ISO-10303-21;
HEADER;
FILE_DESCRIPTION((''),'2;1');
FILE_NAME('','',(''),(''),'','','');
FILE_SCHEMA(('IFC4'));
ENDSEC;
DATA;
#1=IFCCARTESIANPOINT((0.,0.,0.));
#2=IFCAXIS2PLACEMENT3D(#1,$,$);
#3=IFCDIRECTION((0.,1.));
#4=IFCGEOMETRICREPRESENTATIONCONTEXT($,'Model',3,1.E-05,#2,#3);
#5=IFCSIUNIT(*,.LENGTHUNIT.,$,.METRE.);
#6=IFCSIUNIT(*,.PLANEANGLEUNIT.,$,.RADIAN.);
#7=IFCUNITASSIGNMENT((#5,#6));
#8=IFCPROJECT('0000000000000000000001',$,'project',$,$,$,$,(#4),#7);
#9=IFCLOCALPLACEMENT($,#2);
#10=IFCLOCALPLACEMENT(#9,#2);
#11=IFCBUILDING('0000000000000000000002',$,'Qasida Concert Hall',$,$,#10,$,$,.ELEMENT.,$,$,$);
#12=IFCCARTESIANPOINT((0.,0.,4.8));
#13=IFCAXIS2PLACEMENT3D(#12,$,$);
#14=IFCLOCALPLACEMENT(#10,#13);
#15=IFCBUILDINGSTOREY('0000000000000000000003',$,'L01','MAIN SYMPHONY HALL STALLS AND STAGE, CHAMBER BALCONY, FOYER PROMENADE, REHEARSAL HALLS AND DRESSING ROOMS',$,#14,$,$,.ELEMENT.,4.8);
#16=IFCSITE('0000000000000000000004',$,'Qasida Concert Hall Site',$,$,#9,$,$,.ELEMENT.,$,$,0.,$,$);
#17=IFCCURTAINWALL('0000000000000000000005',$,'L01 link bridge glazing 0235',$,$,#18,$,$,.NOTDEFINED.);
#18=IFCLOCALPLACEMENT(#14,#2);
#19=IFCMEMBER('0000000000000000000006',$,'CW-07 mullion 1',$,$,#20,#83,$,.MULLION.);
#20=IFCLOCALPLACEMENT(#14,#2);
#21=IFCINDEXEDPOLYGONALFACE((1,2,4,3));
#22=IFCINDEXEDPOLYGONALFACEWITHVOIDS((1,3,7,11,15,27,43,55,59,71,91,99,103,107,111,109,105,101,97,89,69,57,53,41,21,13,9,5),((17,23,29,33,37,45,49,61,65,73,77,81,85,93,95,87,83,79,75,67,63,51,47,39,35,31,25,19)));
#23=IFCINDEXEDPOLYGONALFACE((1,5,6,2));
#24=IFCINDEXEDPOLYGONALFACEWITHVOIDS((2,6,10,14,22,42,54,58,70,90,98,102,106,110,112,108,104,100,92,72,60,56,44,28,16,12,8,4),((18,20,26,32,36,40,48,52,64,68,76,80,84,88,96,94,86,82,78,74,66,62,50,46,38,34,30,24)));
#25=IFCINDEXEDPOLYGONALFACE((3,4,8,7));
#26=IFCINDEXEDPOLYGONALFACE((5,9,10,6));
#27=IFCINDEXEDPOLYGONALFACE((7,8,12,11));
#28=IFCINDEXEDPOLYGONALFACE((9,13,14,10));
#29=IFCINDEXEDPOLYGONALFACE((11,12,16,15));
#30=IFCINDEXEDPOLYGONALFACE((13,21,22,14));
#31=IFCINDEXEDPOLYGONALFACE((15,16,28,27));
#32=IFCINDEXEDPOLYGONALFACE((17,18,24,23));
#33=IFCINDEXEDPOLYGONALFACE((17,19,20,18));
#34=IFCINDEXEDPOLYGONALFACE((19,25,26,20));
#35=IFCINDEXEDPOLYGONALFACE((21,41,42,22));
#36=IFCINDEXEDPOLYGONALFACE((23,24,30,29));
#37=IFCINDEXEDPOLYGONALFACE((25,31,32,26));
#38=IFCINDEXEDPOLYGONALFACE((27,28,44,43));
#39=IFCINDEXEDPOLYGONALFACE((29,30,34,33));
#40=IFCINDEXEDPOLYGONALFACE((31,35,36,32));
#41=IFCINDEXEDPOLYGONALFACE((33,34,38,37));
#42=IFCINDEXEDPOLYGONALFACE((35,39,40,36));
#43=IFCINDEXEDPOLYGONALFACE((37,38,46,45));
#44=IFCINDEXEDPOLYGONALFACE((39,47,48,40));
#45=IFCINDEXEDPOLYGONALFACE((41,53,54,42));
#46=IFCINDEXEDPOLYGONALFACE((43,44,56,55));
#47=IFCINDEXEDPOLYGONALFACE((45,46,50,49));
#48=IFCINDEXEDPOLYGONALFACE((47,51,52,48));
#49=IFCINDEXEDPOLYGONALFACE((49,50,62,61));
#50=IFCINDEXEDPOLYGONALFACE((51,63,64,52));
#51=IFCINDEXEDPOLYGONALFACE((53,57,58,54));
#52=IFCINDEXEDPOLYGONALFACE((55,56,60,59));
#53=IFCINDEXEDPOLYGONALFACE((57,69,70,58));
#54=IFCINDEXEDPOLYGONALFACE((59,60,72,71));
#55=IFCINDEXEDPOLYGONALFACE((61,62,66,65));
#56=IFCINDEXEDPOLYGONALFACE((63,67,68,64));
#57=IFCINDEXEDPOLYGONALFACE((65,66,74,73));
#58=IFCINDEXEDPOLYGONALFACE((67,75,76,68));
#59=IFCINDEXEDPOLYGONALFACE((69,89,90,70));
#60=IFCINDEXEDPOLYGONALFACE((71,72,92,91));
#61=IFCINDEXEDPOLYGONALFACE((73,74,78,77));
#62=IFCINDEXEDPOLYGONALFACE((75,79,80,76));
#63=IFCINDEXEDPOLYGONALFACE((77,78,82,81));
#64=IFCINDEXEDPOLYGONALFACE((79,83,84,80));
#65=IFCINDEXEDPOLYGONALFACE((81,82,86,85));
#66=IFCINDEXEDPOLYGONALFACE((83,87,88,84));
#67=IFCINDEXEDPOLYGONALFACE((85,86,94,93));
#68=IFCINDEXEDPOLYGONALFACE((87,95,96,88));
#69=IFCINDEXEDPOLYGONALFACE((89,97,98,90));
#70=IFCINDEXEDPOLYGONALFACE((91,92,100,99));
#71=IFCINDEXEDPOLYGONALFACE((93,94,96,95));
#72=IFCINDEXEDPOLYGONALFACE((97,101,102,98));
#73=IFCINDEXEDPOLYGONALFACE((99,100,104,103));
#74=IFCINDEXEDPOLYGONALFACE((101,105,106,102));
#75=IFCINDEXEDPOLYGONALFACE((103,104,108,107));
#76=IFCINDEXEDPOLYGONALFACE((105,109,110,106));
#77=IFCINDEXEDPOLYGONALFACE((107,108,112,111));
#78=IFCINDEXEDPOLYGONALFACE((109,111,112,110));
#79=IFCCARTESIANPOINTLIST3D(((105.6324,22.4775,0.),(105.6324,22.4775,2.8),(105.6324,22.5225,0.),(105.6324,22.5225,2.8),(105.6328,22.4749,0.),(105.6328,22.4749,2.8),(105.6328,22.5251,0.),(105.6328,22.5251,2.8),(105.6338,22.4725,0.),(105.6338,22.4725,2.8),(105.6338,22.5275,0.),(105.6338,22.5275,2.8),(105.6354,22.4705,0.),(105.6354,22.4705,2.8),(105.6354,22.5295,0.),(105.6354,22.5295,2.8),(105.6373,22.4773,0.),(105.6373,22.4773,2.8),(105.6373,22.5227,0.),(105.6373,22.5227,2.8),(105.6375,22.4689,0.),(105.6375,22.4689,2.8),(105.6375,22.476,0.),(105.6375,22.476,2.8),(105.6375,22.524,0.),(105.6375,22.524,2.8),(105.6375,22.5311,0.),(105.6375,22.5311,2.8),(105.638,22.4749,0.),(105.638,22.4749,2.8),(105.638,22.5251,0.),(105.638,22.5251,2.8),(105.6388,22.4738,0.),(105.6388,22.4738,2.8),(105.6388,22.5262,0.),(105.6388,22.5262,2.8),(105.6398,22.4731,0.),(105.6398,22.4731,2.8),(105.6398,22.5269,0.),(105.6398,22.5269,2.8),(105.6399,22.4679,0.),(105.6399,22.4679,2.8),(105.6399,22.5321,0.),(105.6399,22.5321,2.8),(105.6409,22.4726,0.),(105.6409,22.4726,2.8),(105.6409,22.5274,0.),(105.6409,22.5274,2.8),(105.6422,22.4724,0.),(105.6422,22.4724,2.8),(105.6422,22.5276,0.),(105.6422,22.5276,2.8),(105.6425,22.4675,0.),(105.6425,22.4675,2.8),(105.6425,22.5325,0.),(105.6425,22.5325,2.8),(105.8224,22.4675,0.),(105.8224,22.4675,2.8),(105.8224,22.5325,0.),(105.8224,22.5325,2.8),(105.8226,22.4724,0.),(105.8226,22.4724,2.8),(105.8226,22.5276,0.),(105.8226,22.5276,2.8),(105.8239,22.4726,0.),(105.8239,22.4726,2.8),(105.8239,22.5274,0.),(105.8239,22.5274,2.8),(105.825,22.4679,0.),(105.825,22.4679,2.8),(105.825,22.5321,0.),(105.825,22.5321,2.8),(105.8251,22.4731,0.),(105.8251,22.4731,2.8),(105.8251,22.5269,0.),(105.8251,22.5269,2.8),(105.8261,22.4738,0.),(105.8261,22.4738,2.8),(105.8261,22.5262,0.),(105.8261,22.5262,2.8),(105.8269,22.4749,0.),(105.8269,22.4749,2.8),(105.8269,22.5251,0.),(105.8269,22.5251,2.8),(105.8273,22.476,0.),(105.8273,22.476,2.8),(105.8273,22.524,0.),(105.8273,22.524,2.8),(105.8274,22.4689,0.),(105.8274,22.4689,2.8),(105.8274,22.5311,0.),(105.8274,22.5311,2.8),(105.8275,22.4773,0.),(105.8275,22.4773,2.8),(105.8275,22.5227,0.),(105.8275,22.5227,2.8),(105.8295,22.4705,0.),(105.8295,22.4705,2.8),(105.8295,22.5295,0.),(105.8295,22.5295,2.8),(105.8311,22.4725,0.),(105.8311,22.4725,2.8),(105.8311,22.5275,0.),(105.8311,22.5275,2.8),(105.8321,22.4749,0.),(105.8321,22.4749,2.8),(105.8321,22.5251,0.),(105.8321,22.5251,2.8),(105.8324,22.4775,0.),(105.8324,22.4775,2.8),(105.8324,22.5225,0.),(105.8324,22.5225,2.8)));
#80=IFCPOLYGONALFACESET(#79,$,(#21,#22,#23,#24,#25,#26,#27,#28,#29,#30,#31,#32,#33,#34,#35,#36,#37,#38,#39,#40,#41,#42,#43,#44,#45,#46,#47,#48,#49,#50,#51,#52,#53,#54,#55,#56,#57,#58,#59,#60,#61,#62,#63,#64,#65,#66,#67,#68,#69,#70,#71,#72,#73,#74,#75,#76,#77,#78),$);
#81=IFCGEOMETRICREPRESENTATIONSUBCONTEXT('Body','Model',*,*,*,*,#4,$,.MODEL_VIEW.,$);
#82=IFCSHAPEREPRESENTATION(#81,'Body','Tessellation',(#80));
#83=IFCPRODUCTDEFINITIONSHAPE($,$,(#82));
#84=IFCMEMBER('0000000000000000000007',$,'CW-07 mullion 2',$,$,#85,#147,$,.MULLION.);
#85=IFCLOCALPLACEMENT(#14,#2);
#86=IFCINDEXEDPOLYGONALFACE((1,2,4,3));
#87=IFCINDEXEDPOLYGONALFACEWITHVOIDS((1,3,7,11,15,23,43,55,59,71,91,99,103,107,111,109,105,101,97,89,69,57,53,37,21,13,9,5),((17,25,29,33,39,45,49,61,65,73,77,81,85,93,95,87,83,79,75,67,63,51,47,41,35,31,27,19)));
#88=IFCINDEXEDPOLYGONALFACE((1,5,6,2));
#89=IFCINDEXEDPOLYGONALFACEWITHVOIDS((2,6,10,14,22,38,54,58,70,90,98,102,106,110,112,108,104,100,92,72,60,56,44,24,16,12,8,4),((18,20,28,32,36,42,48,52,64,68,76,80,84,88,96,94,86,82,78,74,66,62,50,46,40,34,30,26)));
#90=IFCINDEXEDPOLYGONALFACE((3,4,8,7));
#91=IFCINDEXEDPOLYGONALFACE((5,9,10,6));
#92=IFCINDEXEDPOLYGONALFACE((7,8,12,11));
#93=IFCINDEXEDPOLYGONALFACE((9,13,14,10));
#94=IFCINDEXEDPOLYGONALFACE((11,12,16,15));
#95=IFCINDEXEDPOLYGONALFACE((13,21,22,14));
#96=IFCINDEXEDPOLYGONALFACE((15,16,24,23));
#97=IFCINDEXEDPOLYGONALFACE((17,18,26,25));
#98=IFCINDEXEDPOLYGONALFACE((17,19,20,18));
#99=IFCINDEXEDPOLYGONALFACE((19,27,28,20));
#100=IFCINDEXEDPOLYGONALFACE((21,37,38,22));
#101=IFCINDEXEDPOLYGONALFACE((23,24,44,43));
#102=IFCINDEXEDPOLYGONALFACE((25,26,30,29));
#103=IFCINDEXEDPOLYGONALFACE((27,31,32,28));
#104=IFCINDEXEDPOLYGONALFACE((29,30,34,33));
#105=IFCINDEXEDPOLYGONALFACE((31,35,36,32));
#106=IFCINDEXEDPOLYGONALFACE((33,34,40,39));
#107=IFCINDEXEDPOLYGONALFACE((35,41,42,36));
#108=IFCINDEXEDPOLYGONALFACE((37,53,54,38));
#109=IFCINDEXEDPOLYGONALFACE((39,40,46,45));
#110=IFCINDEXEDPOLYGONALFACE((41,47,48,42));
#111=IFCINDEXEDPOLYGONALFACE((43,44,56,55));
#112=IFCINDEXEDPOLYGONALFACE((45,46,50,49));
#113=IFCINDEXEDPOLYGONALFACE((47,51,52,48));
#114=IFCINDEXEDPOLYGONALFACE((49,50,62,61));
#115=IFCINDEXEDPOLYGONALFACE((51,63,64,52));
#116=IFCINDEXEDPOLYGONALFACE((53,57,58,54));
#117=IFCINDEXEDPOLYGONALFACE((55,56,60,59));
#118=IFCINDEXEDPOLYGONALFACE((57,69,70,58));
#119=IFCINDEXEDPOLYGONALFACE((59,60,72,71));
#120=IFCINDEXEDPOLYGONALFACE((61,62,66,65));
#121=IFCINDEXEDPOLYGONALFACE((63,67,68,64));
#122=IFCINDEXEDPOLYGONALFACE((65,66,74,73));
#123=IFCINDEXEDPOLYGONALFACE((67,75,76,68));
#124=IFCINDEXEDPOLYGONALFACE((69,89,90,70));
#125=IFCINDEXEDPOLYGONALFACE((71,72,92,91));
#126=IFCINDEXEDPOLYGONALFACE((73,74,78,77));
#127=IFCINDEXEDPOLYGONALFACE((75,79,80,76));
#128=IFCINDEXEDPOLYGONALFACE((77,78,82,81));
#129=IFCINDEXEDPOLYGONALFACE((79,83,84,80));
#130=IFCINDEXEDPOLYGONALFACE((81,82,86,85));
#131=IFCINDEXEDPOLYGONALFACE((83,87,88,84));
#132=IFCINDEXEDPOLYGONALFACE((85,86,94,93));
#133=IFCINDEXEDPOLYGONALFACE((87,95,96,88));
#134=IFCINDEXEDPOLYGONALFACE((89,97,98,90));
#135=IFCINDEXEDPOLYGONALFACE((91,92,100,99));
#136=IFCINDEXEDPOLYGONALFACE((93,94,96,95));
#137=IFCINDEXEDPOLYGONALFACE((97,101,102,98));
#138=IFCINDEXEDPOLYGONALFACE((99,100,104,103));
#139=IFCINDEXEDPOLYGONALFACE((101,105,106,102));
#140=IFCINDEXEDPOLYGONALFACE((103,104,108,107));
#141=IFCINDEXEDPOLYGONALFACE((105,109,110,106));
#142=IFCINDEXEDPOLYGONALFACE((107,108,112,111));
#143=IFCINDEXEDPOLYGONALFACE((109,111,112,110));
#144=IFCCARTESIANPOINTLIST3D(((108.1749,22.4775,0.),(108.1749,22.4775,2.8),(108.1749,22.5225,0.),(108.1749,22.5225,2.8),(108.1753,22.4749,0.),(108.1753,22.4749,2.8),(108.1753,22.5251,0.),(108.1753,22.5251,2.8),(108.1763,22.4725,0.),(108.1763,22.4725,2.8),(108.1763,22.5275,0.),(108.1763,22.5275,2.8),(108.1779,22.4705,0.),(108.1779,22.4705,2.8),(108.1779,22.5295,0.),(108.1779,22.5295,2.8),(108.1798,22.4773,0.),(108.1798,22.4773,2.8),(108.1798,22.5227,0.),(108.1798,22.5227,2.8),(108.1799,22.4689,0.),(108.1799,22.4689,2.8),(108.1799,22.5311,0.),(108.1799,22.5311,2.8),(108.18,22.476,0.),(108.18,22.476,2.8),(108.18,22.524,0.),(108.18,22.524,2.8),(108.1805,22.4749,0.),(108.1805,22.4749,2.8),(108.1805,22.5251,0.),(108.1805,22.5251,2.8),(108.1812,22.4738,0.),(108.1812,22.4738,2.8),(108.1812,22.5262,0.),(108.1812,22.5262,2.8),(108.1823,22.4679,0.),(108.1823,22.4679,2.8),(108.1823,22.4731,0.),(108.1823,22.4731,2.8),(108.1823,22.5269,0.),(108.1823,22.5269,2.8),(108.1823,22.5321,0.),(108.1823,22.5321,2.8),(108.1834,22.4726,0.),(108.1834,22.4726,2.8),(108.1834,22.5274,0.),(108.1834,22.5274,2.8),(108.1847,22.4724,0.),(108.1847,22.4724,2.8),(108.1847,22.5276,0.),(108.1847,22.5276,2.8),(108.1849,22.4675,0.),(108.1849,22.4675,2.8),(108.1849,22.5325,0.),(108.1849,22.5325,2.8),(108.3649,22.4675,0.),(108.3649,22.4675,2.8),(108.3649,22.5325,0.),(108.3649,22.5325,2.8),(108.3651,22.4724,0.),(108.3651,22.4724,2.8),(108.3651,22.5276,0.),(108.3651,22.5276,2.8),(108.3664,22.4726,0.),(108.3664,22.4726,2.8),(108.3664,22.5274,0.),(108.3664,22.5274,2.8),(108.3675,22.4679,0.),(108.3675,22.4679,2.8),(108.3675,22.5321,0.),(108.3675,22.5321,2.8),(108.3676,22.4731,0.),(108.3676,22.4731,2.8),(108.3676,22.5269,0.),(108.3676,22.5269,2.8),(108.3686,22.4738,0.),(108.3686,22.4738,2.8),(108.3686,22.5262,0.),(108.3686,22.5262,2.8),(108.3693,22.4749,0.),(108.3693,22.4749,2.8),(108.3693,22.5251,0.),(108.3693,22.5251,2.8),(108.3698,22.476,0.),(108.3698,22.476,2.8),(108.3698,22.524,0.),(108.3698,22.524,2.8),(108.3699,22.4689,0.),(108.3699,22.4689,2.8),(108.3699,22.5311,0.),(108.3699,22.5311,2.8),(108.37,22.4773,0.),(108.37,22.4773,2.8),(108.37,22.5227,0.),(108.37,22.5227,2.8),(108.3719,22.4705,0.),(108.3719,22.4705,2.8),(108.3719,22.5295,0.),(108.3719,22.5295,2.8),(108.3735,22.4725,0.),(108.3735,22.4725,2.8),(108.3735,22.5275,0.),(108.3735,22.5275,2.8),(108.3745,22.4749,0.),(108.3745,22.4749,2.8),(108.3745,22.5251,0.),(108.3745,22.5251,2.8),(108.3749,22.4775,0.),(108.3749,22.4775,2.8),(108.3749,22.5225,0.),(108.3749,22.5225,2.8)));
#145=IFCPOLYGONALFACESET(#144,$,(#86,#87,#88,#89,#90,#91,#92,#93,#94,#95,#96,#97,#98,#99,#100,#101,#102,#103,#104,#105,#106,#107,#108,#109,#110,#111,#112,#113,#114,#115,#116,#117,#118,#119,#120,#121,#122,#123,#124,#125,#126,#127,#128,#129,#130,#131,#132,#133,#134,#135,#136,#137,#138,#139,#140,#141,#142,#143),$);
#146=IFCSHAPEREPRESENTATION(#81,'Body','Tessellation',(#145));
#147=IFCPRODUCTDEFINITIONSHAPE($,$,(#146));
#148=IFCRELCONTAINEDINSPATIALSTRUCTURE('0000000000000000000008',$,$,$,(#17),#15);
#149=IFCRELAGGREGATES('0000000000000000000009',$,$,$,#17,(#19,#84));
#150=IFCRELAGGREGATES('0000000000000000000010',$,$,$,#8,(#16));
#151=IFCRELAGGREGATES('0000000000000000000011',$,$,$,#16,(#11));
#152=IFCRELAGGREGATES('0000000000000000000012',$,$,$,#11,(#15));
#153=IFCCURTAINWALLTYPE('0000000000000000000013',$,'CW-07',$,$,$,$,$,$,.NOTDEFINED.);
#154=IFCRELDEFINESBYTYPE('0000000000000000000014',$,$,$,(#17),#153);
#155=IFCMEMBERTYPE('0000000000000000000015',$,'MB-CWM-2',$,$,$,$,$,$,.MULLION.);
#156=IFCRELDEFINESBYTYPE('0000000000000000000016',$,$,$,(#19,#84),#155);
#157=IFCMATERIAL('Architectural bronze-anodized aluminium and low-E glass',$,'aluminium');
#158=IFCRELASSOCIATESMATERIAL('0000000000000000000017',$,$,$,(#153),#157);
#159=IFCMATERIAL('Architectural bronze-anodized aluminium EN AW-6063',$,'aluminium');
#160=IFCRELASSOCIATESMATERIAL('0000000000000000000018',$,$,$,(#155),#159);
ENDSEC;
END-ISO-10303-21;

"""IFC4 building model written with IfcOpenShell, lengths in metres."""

from ifc_helpers import new_model, si_unit, direction, frame, origin, origin_2d, place, context, subcontext, project, spatial, hollow_rectangle, extrude, material, material_profile, profile_set, type_object, element, aggregate, save


model = new_model("IFC4")

# Units and contexts
model_context = context("Model", 3, precision=1e-05, world=origin(), true_north=direction((0.0, 1.0)))
body_context = subcontext(model_context, "Body", "Model", "MODEL_VIEW")
ifc_project = project(units=[si_unit("LENGTHUNIT", "METRE"), si_unit("PLANEANGLEUNIT", "RADIAN")], contexts=[model_context])

# Site, building, storey
site_placement = place(None, origin())
site = spatial("IfcSite", under=ifc_project, at=site_placement, Name="Qasida Concert Hall Site", CompositionType="ELEMENT", RefElevation=0.0)
building_placement = place(site_placement, origin())
building = spatial("IfcBuilding", under=site, at=building_placement, Name="Qasida Concert Hall", CompositionType="ELEMENT")
storey_placement = place(building_placement, frame((0.0, 0.0, 4.8)))
storey = spatial("IfcBuildingStorey", under=building, at=storey_placement, Name="L01", Description="MAIN SYMPHONY HALL STALLS AND STAGE, CHAMBER BALCONY, FOYER PROMENADE, REHEARSAL HALLS AND DRESSING ROOMS", CompositionType="ELEMENT", Elevation=4.8)

# Curtain wall, members
ifc_material_1 = material(Name="Architectural bronze-anodized aluminium and low-E glass", Category="aluminium")
curtain_wall_type = type_object("IfcCurtainWallType", Name="CW-07", PredefinedType="NOTDEFINED", material=ifc_material_1)
ifc_material_2 = material(Name="Architectural bronze-anodized aluminium EN AW-6063", Category="aluminium")
ifc_material_profile_1 = material_profile(ifc_material_2, hollow_rectangle(XDim=0.0649, YDim=0.2, WallThickness=0.0049, InnerFilletRadius=0.0049, OuterFilletRadius=0.01, at=origin_2d()), Name="CWM 200x65x5")
ifc_profile_set_1 = profile_set([ifc_material_profile_1], Name="Architectural bronze-anodized aluminium EN AW-6063")
member_type_1 = type_object("IfcMemberType", Name="MB-CWM-2", PredefinedType="MULLION", material=ifc_profile_set_1)
curtain_wall_1_placement = place(storey_placement, origin())
curtain_wall_1 = element("IfcCurtainWall", 1, at=curtain_wall_1_placement, inside=storey, type_object=curtain_wall_type, Name="L01 link bridge glazing 0235", PredefinedType="NOTDEFINED")
member_1_placement = place(storey_placement, frame((105.7324, 22.5, 0.0), z_axis=(0.0, 0.0, 1.0), x_axis=(0.0, 1.0, 0.0)))
member_1 = element("IfcMember", 2, at=member_1_placement, type_object=member_type_1, Name="CW-07 mullion 1", PredefinedType="MULLION", context=body_context, shape_type="SweptSolid", body=[
    extrude(hollow_rectangle(XDim=0.0649, YDim=0.2, WallThickness=0.0049, InnerFilletRadius=0.0049, OuterFilletRadius=0.01, at=origin_2d()), origin(), (0.0, 0.0, 1.0), 2.8),
])
member_2_placement = place(storey_placement, frame((108.2749, 22.5, 0.0), z_axis=(0.0, 0.0, 1.0), x_axis=(0.0, 1.0, 0.0)))
member_2 = element("IfcMember", 3, at=member_2_placement, type_object=member_type_1, Name="CW-07 mullion 2", PredefinedType="MULLION", context=body_context, shape_type="SweptSolid", body=[
    extrude(hollow_rectangle(XDim=0.0649, YDim=0.2, WallThickness=0.0049, InnerFilletRadius=0.0049, OuterFilletRadius=0.01, at=origin_2d()), origin(), (0.0, 0.0, 1.0), 2.8),
])

aggregate(curtain_wall_1, [member_1, member_2])

save(model, "model.ifc")
